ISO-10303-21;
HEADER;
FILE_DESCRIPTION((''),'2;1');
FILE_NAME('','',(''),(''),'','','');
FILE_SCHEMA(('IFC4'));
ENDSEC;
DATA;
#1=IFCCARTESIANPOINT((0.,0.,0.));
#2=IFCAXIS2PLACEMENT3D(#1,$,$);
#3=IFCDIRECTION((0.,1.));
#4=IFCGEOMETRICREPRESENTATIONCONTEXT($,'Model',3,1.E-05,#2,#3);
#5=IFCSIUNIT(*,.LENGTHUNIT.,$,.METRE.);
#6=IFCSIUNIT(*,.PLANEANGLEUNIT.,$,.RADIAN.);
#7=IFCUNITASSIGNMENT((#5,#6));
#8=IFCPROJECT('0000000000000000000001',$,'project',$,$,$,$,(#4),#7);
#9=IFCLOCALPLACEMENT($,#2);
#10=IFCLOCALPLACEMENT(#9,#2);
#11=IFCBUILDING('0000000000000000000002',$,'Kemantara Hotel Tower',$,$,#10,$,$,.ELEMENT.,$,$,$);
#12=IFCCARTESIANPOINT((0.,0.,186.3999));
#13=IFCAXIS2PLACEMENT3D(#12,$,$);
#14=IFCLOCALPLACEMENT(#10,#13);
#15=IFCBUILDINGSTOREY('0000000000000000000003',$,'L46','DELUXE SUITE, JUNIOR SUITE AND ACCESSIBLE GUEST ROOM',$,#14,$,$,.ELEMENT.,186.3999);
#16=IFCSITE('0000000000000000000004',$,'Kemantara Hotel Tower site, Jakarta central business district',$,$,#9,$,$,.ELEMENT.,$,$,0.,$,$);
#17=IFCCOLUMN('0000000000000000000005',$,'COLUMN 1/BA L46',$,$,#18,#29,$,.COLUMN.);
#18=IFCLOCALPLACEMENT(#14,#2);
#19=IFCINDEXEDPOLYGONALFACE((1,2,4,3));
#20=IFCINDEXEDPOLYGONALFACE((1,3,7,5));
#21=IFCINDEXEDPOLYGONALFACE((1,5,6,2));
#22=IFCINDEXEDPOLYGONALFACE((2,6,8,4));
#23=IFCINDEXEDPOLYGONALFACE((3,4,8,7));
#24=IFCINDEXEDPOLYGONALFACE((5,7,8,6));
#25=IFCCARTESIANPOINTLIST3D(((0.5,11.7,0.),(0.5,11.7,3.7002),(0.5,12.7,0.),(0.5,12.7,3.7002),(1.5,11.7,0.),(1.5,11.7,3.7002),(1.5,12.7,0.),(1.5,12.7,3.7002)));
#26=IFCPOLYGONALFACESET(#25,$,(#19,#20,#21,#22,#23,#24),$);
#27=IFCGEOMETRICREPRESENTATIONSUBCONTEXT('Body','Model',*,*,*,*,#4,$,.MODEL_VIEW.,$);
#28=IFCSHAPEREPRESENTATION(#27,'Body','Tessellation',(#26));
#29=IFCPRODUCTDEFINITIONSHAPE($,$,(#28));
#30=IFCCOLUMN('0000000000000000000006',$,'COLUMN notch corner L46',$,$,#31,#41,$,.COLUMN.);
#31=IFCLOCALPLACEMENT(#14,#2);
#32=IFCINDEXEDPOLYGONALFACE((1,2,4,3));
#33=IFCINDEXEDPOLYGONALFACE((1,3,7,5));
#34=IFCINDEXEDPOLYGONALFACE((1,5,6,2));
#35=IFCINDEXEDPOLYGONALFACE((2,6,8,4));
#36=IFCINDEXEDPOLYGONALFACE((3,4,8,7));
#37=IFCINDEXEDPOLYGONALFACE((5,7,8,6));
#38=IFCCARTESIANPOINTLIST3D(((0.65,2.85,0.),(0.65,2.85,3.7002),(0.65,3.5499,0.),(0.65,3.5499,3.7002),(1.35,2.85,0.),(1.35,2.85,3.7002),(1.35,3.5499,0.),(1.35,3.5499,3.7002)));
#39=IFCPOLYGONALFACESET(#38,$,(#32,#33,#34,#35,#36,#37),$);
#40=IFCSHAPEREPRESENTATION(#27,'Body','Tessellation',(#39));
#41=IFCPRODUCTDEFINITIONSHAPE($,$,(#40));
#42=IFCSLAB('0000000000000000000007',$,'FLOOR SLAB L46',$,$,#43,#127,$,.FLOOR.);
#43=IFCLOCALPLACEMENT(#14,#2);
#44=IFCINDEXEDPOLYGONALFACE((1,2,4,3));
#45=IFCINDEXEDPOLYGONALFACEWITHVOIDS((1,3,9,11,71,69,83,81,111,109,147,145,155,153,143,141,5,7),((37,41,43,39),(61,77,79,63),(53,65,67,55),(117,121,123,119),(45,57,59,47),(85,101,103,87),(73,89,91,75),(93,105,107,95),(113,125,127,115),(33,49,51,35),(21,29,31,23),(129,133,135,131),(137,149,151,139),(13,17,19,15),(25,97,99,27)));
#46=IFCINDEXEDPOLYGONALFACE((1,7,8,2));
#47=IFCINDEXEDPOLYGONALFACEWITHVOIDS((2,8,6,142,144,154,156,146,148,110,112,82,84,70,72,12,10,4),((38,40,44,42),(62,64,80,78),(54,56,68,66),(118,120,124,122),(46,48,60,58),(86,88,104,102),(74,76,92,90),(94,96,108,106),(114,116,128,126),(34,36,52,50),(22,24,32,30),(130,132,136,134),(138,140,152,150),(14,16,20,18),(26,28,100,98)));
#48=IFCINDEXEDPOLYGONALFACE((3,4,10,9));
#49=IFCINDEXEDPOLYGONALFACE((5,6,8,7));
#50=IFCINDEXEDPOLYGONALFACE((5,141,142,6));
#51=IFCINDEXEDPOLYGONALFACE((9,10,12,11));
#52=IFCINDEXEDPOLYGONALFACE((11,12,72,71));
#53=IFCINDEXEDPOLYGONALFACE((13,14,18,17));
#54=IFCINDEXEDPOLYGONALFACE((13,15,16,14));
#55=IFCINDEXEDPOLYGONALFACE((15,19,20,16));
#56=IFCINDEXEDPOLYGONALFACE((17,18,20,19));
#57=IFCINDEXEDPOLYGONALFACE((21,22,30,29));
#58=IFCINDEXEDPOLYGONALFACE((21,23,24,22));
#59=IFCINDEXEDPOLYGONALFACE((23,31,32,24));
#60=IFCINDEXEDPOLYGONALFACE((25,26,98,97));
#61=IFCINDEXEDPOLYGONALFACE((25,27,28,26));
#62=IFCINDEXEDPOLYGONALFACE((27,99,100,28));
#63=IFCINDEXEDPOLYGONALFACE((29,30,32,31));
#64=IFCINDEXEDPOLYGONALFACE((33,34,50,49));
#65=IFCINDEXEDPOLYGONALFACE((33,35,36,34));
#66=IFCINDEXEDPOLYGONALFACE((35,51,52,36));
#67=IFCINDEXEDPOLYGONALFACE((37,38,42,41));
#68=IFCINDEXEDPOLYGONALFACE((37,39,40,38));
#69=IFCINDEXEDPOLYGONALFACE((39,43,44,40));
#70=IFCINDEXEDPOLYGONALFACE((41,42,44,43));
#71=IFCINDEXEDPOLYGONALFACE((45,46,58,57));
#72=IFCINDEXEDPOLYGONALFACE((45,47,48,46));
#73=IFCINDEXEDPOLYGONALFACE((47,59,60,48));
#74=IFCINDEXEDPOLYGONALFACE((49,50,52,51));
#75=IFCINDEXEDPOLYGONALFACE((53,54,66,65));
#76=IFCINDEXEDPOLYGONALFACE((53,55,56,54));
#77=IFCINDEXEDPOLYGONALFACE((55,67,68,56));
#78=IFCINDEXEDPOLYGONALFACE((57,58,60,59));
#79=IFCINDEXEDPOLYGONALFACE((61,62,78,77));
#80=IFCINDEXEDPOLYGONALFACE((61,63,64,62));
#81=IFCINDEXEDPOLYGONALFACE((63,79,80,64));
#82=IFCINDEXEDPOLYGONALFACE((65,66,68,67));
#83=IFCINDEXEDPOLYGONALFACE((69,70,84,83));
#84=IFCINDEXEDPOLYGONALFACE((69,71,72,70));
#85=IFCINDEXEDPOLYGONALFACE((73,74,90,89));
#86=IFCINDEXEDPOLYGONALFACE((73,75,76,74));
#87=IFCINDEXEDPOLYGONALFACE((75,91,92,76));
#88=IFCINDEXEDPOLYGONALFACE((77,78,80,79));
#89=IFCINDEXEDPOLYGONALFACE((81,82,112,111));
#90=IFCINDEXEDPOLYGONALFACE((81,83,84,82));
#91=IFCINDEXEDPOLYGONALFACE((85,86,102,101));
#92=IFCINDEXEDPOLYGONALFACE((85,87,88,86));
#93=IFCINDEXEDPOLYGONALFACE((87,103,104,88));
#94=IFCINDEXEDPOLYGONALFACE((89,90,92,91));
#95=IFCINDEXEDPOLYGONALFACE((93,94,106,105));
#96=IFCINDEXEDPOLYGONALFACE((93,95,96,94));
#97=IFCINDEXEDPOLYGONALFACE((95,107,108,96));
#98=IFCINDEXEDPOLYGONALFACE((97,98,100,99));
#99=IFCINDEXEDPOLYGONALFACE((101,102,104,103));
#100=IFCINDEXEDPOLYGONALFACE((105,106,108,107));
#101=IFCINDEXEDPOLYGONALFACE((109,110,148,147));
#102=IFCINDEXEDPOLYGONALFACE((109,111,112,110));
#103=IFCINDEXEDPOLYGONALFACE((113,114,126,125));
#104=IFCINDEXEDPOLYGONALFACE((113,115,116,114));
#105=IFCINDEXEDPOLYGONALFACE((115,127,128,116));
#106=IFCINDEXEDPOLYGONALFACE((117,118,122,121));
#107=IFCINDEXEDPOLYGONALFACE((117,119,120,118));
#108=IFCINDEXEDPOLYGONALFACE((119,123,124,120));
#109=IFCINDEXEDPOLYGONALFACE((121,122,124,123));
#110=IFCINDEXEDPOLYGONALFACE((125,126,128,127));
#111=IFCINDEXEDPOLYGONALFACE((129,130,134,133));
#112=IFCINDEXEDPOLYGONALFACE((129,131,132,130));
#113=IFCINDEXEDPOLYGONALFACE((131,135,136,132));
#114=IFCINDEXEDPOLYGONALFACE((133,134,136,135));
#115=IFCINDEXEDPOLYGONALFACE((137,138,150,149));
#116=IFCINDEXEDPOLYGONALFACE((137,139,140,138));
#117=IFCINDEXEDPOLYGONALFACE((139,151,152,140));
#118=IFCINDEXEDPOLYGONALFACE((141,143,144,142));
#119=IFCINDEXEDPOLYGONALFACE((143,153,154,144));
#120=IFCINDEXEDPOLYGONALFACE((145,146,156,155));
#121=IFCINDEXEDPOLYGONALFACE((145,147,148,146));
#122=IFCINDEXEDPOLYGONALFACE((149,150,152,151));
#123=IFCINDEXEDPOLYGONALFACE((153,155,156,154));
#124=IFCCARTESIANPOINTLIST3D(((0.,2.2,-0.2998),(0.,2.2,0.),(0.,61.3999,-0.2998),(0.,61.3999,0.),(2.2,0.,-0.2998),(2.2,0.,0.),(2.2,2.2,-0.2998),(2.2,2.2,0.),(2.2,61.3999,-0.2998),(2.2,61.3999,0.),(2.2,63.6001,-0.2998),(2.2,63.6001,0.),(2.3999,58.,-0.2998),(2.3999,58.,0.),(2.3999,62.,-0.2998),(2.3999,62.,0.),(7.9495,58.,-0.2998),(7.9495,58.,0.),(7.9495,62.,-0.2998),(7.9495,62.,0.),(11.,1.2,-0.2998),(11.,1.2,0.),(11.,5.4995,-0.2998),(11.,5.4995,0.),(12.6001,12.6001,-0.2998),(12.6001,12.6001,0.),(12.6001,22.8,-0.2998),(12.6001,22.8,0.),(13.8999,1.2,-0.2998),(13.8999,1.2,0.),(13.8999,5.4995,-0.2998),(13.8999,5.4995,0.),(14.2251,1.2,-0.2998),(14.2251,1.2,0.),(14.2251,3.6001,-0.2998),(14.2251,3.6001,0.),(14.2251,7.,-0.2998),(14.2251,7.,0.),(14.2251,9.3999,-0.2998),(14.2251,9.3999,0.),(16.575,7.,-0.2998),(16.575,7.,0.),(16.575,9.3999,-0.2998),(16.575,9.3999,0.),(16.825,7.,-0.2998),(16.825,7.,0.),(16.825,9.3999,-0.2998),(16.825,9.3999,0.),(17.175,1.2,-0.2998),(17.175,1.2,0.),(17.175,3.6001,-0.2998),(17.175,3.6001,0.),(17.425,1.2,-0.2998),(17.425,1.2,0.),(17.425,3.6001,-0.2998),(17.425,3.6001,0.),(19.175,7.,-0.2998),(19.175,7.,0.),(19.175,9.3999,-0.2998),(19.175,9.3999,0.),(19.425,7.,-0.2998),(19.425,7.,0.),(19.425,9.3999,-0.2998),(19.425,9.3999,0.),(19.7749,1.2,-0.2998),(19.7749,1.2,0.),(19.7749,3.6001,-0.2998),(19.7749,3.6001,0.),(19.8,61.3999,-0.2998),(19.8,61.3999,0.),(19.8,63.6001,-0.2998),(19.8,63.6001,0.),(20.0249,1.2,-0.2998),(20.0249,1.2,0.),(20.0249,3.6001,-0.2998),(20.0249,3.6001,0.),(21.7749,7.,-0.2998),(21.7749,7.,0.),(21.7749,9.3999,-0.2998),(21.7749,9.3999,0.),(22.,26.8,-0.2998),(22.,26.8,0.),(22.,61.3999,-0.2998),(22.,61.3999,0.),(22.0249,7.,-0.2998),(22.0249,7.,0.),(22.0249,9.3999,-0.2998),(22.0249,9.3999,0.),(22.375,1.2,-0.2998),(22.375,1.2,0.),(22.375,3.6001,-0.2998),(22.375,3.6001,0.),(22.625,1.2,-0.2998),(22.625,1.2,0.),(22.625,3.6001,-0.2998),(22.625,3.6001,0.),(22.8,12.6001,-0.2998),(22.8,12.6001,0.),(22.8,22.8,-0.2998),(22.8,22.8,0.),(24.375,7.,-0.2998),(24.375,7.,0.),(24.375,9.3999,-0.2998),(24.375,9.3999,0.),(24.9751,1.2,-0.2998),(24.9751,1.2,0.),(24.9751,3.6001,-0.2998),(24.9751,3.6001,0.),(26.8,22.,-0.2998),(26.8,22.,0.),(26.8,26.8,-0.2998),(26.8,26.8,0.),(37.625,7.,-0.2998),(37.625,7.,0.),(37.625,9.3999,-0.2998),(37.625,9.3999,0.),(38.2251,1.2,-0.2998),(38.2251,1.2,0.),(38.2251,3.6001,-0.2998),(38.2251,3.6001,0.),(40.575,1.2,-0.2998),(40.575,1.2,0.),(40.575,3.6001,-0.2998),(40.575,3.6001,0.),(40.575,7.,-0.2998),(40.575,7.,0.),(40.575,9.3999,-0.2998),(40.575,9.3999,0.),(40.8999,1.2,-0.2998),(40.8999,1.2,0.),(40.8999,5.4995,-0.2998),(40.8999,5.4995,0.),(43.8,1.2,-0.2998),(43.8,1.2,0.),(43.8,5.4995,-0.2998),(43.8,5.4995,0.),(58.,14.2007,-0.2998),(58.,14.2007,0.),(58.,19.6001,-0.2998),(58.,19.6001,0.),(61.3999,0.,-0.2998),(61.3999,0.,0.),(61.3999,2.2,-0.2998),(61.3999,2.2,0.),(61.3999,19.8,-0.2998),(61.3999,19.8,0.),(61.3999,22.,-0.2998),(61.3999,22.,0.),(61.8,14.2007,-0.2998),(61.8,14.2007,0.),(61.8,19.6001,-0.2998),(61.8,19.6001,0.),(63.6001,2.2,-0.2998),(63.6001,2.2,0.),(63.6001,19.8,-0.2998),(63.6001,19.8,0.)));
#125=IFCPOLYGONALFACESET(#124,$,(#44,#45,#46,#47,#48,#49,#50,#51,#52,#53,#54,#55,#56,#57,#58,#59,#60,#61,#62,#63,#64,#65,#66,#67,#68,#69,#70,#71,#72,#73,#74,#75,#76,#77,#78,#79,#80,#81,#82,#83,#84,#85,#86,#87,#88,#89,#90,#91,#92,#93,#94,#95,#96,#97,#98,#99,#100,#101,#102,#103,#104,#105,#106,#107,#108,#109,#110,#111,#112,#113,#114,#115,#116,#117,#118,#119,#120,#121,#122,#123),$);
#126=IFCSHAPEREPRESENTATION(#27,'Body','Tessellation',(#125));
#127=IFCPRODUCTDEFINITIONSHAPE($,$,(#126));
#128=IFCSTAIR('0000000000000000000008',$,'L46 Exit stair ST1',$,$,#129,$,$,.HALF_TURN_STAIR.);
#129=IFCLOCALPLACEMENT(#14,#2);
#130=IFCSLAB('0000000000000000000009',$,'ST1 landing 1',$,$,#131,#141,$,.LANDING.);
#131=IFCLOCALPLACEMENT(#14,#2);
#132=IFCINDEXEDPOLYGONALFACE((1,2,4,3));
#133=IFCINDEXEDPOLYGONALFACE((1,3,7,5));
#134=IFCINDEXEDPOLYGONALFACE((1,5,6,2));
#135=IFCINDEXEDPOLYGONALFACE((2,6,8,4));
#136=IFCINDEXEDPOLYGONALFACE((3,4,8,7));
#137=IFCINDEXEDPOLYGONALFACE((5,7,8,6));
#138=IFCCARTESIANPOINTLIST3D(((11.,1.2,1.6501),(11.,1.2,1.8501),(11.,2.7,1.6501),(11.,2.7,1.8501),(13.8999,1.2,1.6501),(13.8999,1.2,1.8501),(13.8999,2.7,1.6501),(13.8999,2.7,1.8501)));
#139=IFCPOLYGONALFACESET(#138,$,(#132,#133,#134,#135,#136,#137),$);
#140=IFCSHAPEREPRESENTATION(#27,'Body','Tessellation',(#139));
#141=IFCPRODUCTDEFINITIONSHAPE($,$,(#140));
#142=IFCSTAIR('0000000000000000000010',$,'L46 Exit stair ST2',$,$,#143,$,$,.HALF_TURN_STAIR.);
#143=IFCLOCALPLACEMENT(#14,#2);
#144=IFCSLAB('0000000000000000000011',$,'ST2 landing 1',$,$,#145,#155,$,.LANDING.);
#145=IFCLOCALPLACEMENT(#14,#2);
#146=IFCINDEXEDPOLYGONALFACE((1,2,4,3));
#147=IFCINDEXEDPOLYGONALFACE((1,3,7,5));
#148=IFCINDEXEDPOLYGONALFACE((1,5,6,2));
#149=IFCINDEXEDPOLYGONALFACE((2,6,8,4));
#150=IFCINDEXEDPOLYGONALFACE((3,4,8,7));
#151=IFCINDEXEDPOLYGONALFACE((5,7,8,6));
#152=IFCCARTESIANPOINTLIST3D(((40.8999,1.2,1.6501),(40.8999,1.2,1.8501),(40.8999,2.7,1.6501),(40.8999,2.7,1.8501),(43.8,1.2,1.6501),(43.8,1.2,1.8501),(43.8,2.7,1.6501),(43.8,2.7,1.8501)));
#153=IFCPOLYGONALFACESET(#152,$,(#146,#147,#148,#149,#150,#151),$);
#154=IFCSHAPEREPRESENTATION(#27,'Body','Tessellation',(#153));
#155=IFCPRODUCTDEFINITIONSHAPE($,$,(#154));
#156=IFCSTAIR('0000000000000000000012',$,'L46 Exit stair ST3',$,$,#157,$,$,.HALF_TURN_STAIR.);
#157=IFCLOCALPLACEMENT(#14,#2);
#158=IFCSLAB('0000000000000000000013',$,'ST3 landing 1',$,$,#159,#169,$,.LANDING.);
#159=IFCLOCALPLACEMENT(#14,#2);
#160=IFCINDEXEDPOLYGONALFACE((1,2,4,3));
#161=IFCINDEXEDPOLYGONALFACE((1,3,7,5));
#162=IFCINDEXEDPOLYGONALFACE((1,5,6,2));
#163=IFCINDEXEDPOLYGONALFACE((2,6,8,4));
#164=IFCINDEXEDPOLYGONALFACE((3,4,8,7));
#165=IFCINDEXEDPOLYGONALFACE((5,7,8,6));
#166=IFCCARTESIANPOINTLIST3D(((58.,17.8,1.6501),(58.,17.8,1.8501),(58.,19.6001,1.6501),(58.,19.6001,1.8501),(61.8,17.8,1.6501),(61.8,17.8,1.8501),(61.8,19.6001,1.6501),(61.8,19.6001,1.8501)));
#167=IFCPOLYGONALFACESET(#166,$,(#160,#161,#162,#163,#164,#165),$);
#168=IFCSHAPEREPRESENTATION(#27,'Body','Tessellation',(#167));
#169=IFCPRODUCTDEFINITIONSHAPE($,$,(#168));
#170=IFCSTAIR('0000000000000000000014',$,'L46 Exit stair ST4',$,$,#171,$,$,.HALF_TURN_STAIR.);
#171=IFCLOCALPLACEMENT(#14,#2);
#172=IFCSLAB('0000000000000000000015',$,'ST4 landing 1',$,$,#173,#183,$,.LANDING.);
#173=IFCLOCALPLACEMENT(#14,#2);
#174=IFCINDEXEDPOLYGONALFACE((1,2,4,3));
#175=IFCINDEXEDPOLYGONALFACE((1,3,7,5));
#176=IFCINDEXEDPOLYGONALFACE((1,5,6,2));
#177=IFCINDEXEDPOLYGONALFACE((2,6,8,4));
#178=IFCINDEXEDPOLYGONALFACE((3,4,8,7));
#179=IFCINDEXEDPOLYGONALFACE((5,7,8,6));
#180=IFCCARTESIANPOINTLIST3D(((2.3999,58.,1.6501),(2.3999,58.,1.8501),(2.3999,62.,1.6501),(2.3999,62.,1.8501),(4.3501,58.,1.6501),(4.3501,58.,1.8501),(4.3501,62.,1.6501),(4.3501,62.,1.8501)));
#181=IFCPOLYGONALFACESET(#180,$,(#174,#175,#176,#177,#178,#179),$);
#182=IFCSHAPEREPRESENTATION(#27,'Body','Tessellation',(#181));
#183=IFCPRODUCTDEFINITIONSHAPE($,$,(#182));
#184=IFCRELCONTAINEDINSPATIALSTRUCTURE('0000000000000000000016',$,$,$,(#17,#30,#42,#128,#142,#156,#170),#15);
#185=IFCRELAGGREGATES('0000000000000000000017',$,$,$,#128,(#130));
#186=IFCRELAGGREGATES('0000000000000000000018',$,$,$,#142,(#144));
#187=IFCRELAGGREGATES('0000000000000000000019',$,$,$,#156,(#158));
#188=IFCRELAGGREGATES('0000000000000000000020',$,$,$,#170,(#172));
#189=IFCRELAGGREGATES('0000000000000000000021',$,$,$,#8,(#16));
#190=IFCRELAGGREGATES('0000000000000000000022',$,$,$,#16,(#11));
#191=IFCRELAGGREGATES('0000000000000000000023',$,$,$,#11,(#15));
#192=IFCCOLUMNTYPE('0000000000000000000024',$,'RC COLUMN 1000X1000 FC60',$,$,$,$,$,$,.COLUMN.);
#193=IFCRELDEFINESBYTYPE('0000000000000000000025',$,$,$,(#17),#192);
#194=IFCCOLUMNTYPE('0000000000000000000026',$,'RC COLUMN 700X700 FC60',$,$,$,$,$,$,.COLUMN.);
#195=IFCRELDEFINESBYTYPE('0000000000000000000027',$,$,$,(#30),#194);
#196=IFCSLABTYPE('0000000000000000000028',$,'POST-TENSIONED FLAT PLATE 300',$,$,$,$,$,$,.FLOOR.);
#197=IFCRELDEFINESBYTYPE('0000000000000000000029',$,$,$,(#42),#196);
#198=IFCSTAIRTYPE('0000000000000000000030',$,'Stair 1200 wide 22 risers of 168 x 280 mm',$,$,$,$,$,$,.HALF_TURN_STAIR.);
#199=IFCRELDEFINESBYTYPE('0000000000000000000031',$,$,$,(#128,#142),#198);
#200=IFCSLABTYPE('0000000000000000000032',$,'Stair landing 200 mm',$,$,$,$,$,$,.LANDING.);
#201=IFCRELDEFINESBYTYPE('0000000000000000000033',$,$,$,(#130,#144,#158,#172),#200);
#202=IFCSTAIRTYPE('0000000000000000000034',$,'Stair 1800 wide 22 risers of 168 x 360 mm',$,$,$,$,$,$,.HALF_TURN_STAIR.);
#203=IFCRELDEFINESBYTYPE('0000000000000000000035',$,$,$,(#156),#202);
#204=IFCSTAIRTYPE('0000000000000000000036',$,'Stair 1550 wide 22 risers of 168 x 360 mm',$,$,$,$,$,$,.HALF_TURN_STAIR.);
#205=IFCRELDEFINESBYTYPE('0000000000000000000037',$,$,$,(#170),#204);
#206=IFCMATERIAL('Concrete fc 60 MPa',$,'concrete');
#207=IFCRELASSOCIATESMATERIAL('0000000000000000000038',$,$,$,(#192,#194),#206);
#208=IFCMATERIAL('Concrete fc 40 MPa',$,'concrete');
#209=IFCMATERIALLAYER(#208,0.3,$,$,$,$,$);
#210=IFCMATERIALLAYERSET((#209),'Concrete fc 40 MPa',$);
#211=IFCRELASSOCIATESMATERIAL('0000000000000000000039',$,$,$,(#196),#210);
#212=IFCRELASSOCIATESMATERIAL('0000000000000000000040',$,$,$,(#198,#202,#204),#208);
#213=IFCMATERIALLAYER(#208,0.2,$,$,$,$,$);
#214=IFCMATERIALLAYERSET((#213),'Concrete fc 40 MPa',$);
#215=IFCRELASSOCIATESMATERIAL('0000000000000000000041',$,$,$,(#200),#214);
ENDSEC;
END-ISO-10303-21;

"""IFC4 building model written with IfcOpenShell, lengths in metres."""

from ifc_helpers import new_model, si_unit, direction, frame, origin, origin_2d, place, context, subcontext, project, spatial, polyline, rectangle, outline, extrude, material, layer, layer_set, material_profile, profile_set, type_object, element, aggregate, save


model = new_model("IFC4")

# Units and contexts
model_context = context("Model", 3, precision=1e-05, world=origin(), true_north=direction((0.0, 1.0)))
body_context = subcontext(model_context, "Body", "Model", "MODEL_VIEW")
ifc_project = project(units=[si_unit("LENGTHUNIT", "METRE"), si_unit("PLANEANGLEUNIT", "RADIAN")], contexts=[model_context])

# Site, building, storey
site_placement = place(None, origin())
site = spatial("IfcSite", under=ifc_project, at=site_placement, Name="Kemantara Hotel Tower site, Jakarta central business district", CompositionType="ELEMENT", RefElevation=0.0)
building_placement = place(site_placement, origin())
building = spatial("IfcBuilding", under=site, at=building_placement, Name="Kemantara Hotel Tower", CompositionType="ELEMENT")
storey_placement = place(building_placement, frame((0.0, 0.0, 186.3999)))
storey = spatial("IfcBuildingStorey", under=building, at=storey_placement, Name="L46", Description="DELUXE SUITE, JUNIOR SUITE AND ACCESSIBLE GUEST ROOM", CompositionType="ELEMENT", Elevation=186.3999)

# Columns
ifc_material_1 = material(Name="Concrete fc 60 MPa", Category="concrete")
ifc_material_profile_1 = material_profile(ifc_material_1, rectangle(XDim=1.0, YDim=1.0, at=origin_2d()), Name="RC 1000X1000")
ifc_profile_set_1 = profile_set([ifc_material_profile_1], Name="Concrete fc 60 MPa")
column_type_1 = type_object("IfcColumnType", Name="RC COLUMN 1000X1000 FC60", PredefinedType="COLUMN", material=ifc_profile_set_1)
column_1_placement = place(storey_placement, frame((1.0, 12.2, 0.0), z_axis=(0.0, 0.0, 1.0), x_axis=(1.0, 0.0, 0.0)))
element("IfcColumn", 1, at=column_1_placement, inside=storey, type_object=column_type_1, Name="COLUMN 1/BA L46", PredefinedType="COLUMN", context=body_context, shape_type="SweptSolid", body=[
    extrude(rectangle(XDim=1.0, YDim=1.0, at=origin_2d()), origin(), (0.0, 0.0, 1.0), 3.7002),
])
ifc_material_profile_2 = material_profile(ifc_material_1, rectangle(XDim=0.7, YDim=0.7, at=origin_2d()), Name="RC 700X700")
ifc_profile_set_2 = profile_set([ifc_material_profile_2], Name="Concrete fc 60 MPa")
column_type_2 = type_object("IfcColumnType", Name="RC COLUMN 700X700 FC60", PredefinedType="COLUMN", material=ifc_profile_set_2)
column_2_placement = place(storey_placement, frame((1.0, 3.2, 0.0), z_axis=(0.0, 0.0, 1.0), x_axis=(1.0, 0.0, 0.0)))
element("IfcColumn", 2, at=column_2_placement, inside=storey, type_object=column_type_2, Name="COLUMN notch corner L46", PredefinedType="COLUMN", context=body_context, shape_type="SweptSolid", body=[
    extrude(rectangle(XDim=0.7, YDim=0.7, at=origin_2d()), origin(), (0.0, 0.0, 1.0), 3.7002),
])

# Slab
ifc_material_2 = material(Name="Concrete fc 40 MPa", Category="concrete")
ifc_layer_1 = layer(ifc_material_2, 0.3)
ifc_layer_set_1 = layer_set([ifc_layer_1], Name="Concrete fc 40 MPa")
slab_type_1 = type_object("IfcSlabType", Name="POST-TENSIONED FLAT PLATE 300", PredefinedType="FLOOR", material=ifc_layer_set_1)
slab_1_placement = place(storey_placement, frame((0.0, 0.0, -0.2998)))
element("IfcSlab", 3, at=slab_1_placement, inside=storey, type_object=slab_type_1, Name="FLOOR SLAB L46", PredefinedType="FLOOR", context=body_context, shape_type="SweptSolid", body=[
    extrude(outline(polyline([(22.0, 26.8), (22.0, 61.3999), (19.8, 61.3999), (19.8, 63.6001), (2.2, 63.6001), (2.2, 61.3999), (0.0, 61.3999), (0.0, 2.2), (2.2, 2.2), (2.2, 0.0), (61.3999, 0.0), (61.3999, 2.2), (63.6001, 2.2), (63.6001, 19.8), (61.3999, 19.8), (61.3999, 22.0), (26.8, 22.0), (26.8, 26.8), (22.0, 26.8)]), holes=[polyline([(17.175, 3.6001), (17.175, 1.2), (14.2251, 1.2), (14.2251, 3.6001), (17.175, 3.6001)]), polyline([(19.7749, 1.2), (17.425, 1.2), (17.425, 3.6001), (19.7749, 3.6001), (19.7749, 1.2)]), polyline([(11.0, 1.2), (11.0, 5.4995), (13.8999, 5.4995), (13.8999, 1.2), (11.0, 1.2)]), polyline([(16.575, 7.0), (14.2251, 7.0), (14.2251, 9.3999), (16.575, 9.3999), (16.575, 7.0)]), polyline([(19.175, 7.0), (16.825, 7.0), (16.825, 9.3999), (19.175, 9.3999), (19.175, 7.0)]), polyline([(21.7749, 7.0), (19.425, 7.0), (19.425, 9.3999), (21.7749, 9.3999), (21.7749, 7.0)]), polyline([(22.8, 12.6001), (12.6001, 12.6001), (12.6001, 22.8), (22.8, 22.8), (22.8, 12.6001)]), polyline([(2.3999, 62.0), (7.9495, 62.0), (7.9495, 58.0), (2.3999, 58.0), (2.3999, 62.0)]), polyline([(22.375, 1.2), (20.0249, 1.2), (20.0249, 3.6001), (22.375, 3.6001), (22.375, 1.2)]), polyline([(24.9751, 1.2), (22.625, 1.2), (22.625, 3.6001), (24.9751, 3.6001), (24.9751, 1.2)]), polyline([(40.575, 1.2), (38.2251, 1.2), (38.2251, 3.6001), (40.575, 3.6001), (40.575, 1.2)]), polyline([(40.8999, 1.2), (40.8999, 5.4995), (43.8, 5.4995), (43.8, 1.2), (40.8999, 1.2)]), polyline([(24.375, 7.0), (22.0249, 7.0), (22.0249, 9.3999), (24.375, 9.3999), (24.375, 7.0)]), polyline([(40.575, 7.0), (37.625, 7.0), (37.625, 9.3999), (40.575, 9.3999), (40.575, 7.0)]), polyline([(61.8, 19.6001), (61.8, 14.2007), (58.0, 14.2007), (58.0, 19.6001), (61.8, 19.6001)])]), origin(), (0.0, 0.0, 1.0), 0.2998),
])

# Stairs, slabs
stair_type_1 = type_object("IfcStairType", Name="Stair 1200 wide 22 risers of 168 x 280 mm", PredefinedType="HALF_TURN_STAIR", material=ifc_material_2)
stair_1_placement = place(storey_placement, origin())
stair_1 = element("IfcStair", 4, at=stair_1_placement, inside=storey, type_object=stair_type_1, Name="L46 Exit stair ST1", PredefinedType="HALF_TURN_STAIR")
ifc_layer_2 = layer(ifc_material_2, 0.2)
ifc_layer_set_2 = layer_set([ifc_layer_2], Name="Concrete fc 40 MPa")
slab_type_2 = type_object("IfcSlabType", Name="Stair landing 200 mm", PredefinedType="LANDING", material=ifc_layer_set_2)
slab_2_placement = place(storey_placement, frame((0.0, 0.0, 1.6501)))
slab_2 = element("IfcSlab", 5, at=slab_2_placement, type_object=slab_type_2, Name="ST1 landing 1", PredefinedType="LANDING", context=body_context, shape_type="SweptSolid", body=[
    extrude(outline(polyline([(11.0, 2.7), (11.0, 1.2), (13.8999, 1.2), (13.8999, 2.7), (11.0, 2.7)])), origin(), (0.0, 0.0, 1.0), 0.2),
])
aggregate(stair_1, [slab_2])
stair_2_placement = place(storey_placement, origin())
stair_2 = element("IfcStair", 6, at=stair_2_placement, inside=storey, type_object=stair_type_1, Name="L46 Exit stair ST2", PredefinedType="HALF_TURN_STAIR")
slab_3_placement = place(storey_placement, frame((0.0, 0.0, 1.6501)))
slab_3 = element("IfcSlab", 7, at=slab_3_placement, type_object=slab_type_2, Name="ST2 landing 1", PredefinedType="LANDING", context=body_context, shape_type="SweptSolid", body=[
    extrude(outline(polyline([(40.8999, 2.7), (40.8999, 1.2), (43.8, 1.2), (43.8, 2.7), (40.8999, 2.7)])), origin(), (0.0, 0.0, 1.0), 0.2),
])
aggregate(stair_2, [slab_3])
stair_type_2 = type_object("IfcStairType", Name="Stair 1800 wide 22 risers of 168 x 360 mm", PredefinedType="HALF_TURN_STAIR", material=ifc_material_2)
stair_3_placement = place(storey_placement, origin())
stair_3 = element("IfcStair", 8, at=stair_3_placement, inside=storey, type_object=stair_type_2, Name="L46 Exit stair ST3", PredefinedType="HALF_TURN_STAIR")
slab_4_placement = place(storey_placement, frame((0.0, 0.0, 1.6501)))
slab_4 = element("IfcSlab", 9, at=slab_4_placement, type_object=slab_type_2, Name="ST3 landing 1", PredefinedType="LANDING", context=body_context, shape_type="SweptSolid", body=[
    extrude(outline(polyline([(61.8, 17.8), (61.8, 19.6001), (58.0, 19.6001), (58.0, 17.8), (61.8, 17.8)])), origin(), (0.0, 0.0, 1.0), 0.2),
])
aggregate(stair_3, [slab_4])
stair_type_3 = type_object("IfcStairType", Name="Stair 1550 wide 22 risers of 168 x 360 mm", PredefinedType="HALF_TURN_STAIR", material=ifc_material_2)
stair_4_placement = place(storey_placement, origin())
stair_4 = element("IfcStair", 10, at=stair_4_placement, inside=storey, type_object=stair_type_3, Name="L46 Exit stair ST4", PredefinedType="HALF_TURN_STAIR")
slab_5_placement = place(storey_placement, frame((0.0, 0.0, 1.6501)))
slab_5 = element("IfcSlab", 11, at=slab_5_placement, type_object=slab_type_2, Name="ST4 landing 1", PredefinedType="LANDING", context=body_context, shape_type="SweptSolid", body=[
    extrude(outline(polyline([(4.3501, 62.0), (2.3999, 62.0), (2.3999, 58.0), (4.3501, 58.0), (4.3501, 62.0)])), origin(), (0.0, 0.0, 1.0), 0.2),
])
aggregate(stair_4, [slab_5])

save(model, "model.ifc")
